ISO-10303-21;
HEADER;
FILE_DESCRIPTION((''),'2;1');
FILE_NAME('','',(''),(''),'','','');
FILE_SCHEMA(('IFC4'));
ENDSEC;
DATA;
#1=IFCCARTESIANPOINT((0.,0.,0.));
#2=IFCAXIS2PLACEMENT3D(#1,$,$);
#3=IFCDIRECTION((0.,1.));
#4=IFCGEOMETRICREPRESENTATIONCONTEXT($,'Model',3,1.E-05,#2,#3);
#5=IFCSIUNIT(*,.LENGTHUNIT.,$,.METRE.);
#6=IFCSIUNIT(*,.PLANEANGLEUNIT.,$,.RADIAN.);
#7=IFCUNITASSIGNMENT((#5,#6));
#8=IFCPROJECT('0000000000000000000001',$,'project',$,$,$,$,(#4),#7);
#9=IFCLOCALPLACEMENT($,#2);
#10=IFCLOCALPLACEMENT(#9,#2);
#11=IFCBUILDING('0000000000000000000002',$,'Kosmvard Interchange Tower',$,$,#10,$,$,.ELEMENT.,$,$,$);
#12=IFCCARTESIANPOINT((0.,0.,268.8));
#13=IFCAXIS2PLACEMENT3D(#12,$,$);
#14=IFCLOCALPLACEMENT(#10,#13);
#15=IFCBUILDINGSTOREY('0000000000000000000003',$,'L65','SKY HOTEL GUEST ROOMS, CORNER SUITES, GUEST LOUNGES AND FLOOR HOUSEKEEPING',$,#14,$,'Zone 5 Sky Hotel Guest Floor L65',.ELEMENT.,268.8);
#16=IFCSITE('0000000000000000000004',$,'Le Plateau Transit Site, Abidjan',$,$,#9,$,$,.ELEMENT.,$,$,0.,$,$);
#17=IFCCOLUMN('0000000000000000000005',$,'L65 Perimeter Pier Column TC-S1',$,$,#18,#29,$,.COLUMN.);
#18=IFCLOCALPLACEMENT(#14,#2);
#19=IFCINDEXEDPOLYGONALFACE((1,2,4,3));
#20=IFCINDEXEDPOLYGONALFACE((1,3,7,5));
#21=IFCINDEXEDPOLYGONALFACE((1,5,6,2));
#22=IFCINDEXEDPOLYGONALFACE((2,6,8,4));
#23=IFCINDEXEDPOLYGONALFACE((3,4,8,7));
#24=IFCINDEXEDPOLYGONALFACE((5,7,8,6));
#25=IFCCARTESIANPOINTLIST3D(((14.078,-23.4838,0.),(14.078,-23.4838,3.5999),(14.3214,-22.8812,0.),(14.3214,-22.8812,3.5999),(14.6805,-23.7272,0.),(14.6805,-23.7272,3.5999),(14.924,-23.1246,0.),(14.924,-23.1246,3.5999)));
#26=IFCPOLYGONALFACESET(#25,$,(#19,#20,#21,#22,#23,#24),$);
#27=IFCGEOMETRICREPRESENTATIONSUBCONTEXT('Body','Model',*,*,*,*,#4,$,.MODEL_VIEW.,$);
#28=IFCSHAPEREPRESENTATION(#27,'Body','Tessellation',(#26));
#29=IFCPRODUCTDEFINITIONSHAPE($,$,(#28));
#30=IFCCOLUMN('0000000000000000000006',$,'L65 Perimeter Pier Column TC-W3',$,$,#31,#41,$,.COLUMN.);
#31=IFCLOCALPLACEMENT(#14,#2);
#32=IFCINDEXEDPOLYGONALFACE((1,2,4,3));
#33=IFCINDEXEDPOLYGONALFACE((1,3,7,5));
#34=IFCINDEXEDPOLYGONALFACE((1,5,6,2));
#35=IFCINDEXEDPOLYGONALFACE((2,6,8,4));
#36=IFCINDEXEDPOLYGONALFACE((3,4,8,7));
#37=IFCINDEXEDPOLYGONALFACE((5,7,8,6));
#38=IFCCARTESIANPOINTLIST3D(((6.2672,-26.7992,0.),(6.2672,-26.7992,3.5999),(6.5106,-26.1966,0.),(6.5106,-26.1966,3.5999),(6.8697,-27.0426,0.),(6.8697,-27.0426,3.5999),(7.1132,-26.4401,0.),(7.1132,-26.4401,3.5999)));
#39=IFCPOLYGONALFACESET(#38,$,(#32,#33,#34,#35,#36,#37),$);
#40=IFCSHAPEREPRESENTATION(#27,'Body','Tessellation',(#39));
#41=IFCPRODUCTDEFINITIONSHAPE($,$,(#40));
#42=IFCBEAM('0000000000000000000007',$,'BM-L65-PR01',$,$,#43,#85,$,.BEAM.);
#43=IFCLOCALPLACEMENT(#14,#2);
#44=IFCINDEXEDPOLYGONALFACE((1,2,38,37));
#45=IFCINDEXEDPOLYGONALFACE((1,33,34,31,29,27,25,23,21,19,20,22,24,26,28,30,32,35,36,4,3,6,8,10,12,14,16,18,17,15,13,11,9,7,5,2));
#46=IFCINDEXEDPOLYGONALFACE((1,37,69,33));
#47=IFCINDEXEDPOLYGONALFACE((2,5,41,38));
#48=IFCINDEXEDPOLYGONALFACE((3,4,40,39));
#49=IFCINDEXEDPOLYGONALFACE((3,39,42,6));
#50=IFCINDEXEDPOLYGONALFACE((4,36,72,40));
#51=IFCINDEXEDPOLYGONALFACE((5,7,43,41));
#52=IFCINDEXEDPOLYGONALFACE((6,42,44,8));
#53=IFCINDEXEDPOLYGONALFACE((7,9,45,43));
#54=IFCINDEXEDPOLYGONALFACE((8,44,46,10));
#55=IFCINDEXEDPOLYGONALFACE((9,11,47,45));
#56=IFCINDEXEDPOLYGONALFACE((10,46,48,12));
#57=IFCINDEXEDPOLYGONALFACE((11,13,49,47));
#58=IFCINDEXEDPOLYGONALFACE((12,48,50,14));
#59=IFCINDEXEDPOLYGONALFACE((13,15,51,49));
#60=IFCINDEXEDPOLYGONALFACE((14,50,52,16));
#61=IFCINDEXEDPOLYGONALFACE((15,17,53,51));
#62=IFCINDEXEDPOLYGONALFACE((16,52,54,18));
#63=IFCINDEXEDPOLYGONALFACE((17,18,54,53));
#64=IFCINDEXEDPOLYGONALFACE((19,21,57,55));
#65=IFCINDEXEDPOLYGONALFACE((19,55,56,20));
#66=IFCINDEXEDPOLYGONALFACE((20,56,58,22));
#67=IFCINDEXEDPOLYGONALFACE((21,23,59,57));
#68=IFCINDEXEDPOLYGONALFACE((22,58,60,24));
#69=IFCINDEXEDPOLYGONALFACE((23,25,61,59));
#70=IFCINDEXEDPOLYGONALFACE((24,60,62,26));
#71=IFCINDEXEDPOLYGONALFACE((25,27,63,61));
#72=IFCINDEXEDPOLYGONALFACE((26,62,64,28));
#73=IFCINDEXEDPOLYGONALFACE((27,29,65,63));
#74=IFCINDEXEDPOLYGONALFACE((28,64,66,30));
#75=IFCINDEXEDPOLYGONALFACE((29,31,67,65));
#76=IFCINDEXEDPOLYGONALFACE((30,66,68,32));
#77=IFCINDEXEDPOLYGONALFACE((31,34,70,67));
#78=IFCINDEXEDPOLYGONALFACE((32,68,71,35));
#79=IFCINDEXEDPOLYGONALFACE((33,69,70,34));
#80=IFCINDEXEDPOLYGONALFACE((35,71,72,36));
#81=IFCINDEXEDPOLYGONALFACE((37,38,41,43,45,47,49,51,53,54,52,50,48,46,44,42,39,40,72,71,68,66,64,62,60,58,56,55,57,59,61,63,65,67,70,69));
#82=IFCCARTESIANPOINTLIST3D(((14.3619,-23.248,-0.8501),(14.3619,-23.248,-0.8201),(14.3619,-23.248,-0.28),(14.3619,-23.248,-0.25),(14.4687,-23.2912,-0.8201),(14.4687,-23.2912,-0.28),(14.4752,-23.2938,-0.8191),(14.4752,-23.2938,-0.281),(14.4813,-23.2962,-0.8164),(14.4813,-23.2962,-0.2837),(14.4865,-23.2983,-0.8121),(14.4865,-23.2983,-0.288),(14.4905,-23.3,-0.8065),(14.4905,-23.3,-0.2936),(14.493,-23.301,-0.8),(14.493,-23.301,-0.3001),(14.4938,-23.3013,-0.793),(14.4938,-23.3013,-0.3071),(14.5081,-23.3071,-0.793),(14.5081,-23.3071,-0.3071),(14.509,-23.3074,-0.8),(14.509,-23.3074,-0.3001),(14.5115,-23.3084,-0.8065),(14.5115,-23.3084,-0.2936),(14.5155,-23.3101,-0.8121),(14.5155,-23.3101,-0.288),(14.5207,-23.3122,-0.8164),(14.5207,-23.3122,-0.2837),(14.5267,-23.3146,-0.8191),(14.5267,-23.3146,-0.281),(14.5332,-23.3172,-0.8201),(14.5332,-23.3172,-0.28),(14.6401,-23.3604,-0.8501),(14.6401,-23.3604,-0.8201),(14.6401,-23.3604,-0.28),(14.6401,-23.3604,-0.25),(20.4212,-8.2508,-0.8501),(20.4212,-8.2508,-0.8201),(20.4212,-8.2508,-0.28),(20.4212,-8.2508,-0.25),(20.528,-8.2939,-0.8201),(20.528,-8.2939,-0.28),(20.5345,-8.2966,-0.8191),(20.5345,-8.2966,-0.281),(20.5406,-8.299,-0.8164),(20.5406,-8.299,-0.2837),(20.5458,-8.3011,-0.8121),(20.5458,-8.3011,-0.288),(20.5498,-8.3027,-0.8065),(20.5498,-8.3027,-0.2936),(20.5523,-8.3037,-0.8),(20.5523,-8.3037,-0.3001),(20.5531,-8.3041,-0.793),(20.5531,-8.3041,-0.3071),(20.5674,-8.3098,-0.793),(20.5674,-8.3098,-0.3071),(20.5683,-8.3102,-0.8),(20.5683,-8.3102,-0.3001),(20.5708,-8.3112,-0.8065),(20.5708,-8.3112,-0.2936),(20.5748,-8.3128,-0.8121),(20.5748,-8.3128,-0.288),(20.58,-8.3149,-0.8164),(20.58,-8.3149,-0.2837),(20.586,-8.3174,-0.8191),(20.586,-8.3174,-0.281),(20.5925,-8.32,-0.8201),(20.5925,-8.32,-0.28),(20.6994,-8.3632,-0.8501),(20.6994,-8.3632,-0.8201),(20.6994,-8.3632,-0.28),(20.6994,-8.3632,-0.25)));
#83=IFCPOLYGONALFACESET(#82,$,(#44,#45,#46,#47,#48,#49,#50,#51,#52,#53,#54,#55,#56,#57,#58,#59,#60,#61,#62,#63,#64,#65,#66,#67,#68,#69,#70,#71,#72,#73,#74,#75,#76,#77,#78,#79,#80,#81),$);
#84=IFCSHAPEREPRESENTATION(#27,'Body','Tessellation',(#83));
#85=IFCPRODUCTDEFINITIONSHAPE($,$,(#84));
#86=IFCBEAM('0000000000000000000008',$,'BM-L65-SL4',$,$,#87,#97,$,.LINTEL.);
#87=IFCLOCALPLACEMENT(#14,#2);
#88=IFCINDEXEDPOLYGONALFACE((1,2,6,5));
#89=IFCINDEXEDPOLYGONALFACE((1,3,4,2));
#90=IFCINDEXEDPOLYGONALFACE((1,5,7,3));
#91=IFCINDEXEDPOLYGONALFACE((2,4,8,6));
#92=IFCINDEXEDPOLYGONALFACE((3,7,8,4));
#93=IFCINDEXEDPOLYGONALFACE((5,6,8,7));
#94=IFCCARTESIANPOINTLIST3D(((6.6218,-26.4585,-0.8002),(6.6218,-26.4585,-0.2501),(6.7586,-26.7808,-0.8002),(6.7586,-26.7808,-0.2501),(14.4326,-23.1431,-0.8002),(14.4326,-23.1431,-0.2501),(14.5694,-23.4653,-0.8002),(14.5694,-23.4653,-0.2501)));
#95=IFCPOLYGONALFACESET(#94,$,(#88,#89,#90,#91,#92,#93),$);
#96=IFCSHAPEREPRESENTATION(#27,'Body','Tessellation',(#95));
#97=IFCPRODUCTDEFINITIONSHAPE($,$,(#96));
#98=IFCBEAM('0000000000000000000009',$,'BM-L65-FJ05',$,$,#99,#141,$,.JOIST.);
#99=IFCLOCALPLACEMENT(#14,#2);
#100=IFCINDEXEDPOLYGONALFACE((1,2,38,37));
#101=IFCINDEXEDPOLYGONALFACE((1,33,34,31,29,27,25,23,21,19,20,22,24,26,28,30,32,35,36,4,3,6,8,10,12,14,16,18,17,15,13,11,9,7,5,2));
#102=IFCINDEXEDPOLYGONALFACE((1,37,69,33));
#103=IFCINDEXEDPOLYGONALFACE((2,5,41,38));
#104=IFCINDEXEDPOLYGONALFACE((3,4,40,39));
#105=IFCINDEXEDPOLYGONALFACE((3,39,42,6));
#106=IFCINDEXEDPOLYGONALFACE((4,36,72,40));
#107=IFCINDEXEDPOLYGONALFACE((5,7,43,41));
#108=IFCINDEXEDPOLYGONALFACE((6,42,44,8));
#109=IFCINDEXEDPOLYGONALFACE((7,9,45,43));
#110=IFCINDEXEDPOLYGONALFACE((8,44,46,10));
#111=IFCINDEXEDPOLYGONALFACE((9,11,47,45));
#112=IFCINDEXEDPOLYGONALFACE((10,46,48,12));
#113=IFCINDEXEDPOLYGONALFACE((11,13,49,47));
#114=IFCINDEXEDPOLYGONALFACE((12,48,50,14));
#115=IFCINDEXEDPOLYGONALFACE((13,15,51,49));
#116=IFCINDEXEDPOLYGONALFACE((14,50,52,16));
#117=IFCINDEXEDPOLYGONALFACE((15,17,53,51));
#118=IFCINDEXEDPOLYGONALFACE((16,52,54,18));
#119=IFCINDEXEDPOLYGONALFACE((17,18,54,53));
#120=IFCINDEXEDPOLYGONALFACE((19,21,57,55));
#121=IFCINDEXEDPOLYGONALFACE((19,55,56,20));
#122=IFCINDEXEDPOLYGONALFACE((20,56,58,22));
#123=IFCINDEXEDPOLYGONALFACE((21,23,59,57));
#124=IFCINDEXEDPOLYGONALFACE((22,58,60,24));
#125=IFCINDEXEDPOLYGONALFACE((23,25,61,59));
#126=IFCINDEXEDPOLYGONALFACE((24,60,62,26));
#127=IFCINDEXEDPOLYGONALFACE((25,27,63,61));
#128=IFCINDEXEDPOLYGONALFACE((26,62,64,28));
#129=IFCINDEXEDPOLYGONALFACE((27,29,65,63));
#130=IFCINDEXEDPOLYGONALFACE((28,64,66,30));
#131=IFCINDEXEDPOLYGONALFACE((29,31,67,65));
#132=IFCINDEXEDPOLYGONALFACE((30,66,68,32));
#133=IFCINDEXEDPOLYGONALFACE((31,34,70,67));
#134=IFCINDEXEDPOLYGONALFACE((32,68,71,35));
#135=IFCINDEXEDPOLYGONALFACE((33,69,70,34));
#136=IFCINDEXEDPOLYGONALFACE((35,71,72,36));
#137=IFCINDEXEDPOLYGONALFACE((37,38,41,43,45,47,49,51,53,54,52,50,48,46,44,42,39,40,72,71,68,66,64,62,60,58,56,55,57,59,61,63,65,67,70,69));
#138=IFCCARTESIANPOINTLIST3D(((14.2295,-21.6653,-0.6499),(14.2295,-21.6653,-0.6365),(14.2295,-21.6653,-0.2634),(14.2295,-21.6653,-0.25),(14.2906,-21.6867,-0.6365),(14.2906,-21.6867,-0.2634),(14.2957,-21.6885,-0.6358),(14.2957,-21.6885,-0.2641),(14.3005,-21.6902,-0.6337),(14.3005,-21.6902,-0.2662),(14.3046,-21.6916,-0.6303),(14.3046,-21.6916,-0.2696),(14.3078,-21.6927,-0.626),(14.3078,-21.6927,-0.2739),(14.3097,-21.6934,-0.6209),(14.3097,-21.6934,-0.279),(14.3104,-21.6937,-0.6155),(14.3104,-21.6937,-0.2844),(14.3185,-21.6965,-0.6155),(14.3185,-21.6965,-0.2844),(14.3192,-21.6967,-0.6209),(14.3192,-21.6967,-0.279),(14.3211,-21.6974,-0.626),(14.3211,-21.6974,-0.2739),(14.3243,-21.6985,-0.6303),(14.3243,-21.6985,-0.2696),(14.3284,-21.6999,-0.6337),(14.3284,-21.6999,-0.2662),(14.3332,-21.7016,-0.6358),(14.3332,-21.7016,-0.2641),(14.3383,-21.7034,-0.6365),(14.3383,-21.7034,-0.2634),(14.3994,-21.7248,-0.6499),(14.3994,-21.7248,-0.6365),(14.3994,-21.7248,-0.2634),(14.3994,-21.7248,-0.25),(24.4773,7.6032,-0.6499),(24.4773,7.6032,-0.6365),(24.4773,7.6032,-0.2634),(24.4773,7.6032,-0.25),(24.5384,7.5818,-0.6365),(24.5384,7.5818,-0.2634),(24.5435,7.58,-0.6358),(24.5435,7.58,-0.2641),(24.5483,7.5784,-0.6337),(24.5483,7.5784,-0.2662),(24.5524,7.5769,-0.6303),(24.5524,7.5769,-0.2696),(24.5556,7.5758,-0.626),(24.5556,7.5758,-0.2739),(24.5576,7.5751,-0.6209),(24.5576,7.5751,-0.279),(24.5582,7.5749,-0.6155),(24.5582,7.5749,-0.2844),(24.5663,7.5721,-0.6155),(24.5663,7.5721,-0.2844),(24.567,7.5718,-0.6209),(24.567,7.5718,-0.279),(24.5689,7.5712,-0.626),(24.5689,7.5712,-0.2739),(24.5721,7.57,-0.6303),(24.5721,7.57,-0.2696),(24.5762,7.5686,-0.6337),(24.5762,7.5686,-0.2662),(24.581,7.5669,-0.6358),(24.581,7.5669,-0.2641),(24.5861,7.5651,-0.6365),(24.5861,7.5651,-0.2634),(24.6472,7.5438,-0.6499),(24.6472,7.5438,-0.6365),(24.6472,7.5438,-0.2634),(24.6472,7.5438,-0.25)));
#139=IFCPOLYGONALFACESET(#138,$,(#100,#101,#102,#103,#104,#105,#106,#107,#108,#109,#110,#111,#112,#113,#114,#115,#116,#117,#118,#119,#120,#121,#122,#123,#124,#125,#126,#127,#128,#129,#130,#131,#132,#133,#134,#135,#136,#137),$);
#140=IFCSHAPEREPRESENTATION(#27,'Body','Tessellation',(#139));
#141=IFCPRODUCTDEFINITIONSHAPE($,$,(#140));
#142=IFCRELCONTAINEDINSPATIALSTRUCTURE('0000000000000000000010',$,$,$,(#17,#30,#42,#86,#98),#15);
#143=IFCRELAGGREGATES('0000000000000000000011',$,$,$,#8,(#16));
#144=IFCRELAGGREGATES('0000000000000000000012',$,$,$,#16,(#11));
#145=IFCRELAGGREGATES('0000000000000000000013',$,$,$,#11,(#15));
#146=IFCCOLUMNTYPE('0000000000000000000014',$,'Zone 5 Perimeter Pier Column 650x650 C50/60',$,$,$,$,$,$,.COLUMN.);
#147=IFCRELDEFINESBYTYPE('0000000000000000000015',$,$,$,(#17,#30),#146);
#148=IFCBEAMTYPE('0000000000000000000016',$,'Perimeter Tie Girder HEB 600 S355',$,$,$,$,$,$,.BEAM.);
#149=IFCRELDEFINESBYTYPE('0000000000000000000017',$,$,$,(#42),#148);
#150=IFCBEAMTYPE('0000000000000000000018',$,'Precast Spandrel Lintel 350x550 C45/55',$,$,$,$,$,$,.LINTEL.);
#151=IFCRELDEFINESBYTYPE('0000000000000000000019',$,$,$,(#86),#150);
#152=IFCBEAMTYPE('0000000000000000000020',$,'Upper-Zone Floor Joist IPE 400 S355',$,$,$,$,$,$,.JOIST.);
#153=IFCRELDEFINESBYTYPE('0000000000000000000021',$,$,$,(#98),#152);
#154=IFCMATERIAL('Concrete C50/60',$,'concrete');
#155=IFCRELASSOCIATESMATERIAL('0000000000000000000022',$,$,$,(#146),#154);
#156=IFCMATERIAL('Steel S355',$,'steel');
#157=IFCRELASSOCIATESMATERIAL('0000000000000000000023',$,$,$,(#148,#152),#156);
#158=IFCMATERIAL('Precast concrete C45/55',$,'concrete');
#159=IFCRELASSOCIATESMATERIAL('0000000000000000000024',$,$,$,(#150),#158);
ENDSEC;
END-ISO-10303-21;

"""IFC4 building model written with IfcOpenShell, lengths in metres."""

from ifc_helpers import new_model, si_unit, direction, frame, origin, origin_2d, place, context, subcontext, project, spatial, rectangle, i_section, extrude, source, transform, mapped, material, material_profile, profile_set, type_object, element, save


model = new_model("IFC4")

# Units and contexts
model_context = context("Model", 3, precision=1e-05, world=origin(), true_north=direction((0.0, 1.0)))
body_context = subcontext(model_context, "Body", "Model", "MODEL_VIEW")
ifc_project = project(units=[si_unit("LENGTHUNIT", "METRE"), si_unit("PLANEANGLEUNIT", "RADIAN")], contexts=[model_context])

# Site, building, storey
site_placement = place(None, origin())
site = spatial("IfcSite", under=ifc_project, at=site_placement, Name="Le Plateau Transit Site, Abidjan", CompositionType="ELEMENT", RefElevation=0.0)
building_placement = place(site_placement, origin())
building = spatial("IfcBuilding", under=site, at=building_placement, Name="Kosmvard Interchange Tower", CompositionType="ELEMENT")
storey_placement = place(building_placement, frame((0.0, 0.0, 268.8)))
storey = spatial("IfcBuildingStorey", under=building, at=storey_placement, Name="L65", Description="SKY HOTEL GUEST ROOMS, CORNER SUITES, GUEST LOUNGES AND FLOOR HOUSEKEEPING", LongName="Zone 5 Sky Hotel Guest Floor L65", CompositionType="ELEMENT", Elevation=268.8)

# Columns
ifc_material_1 = material(Name="Concrete C50/60", Category="concrete")
ifc_material_profile_1 = material_profile(ifc_material_1, rectangle(XDim=0.6499, YDim=0.6499, at=origin_2d()), Name="TC 650x650")
ifc_profile_set_1 = profile_set([ifc_material_profile_1], Name="Concrete C50/60")
column_type = type_object("IfcColumnType", Name="Zone 5 Perimeter Pier Column 650x650 C50/60", PredefinedType="COLUMN", material=ifc_profile_set_1)
shared_shape_1 = source(origin(), body_context, "Body", "SweptSolid", [
    extrude(rectangle(XDim=0.6499, YDim=0.6499, at=origin_2d()), origin(), (0.0, 0.0, 1.0), 3.5999),
])
for number, where, z_axis, x_axis, name in (
    (1, (14.501, -23.3042, 0.0), (0.0, 0.0, 1.0), (0.374607, 0.927184, 0.0), "L65 Perimeter Pier Column TC-S1"),
    (2, (6.6902, -26.6196, 0.0), (0.0, 0.0, 1.0), (0.374607, 0.927184, 0.0), "L65 Perimeter Pier Column TC-W3"),
):
    element("IfcColumn", number, at=place(storey_placement, frame(where, z_axis=z_axis, x_axis=x_axis)), inside=storey, type_object=column_type, Name=name, PredefinedType="COLUMN", context=body_context, shape_type="MappedRepresentation", body=[
        mapped(shared_shape_1, transform((0.0, 0.0, 0.0), scale=1.0)),
    ])

# Beams
ifc_material_2 = material(Name="Steel S355", Category="steel")
ifc_material_profile_2 = material_profile(ifc_material_2, i_section(OverallWidth=0.3, OverallDepth=0.6001, WebThickness=0.0154, FlangeThickness=0.03, FilletRadius=0.0271, at=origin_2d()), Name="HEB 600")
ifc_profile_set_2 = profile_set([ifc_material_profile_2], Name="Steel S355")
beam_type_1 = type_object("IfcBeamType", Name="Perimeter Tie Girder HEB 600 S355", PredefinedType="BEAM", material=ifc_profile_set_2)
shared_shape_2 = source(origin(), body_context, "Body", "SweptSolid", [
    extrude(i_section(OverallWidth=0.3, OverallDepth=0.6001, WebThickness=0.0154, FlangeThickness=0.03, FilletRadius=0.0271, at=origin_2d()), origin(), (0.0, 0.0, 1.0), 16.175),
])
beam_1_placement = place(storey_placement, frame((14.501, -23.3042, -0.55), z_axis=(0.374608, 0.927183, 0.0), x_axis=(-0.927183, 0.374608, 0.0)))
element("IfcBeam", 3, at=beam_1_placement, inside=storey, type_object=beam_type_1, Name="BM-L65-PR01", PredefinedType="BEAM", context=body_context, shape_type="MappedRepresentation", body=[
    mapped(shared_shape_2, transform((0.0, 0.0, 0.0), scale=1.0)),
])
ifc_material_3 = material(Name="Precast concrete C45/55", Category="concrete")
ifc_material_profile_3 = material_profile(ifc_material_3, rectangle(XDim=0.3501, YDim=0.55, at=origin_2d()), Name="SL 350x550")
ifc_profile_set_3 = profile_set([ifc_material_profile_3], Name="Precast concrete C45/55")
beam_type_2 = type_object("IfcBeamType", Name="Precast Spandrel Lintel 350x550 C45/55", PredefinedType="LINTEL", material=ifc_profile_set_3)
shared_shape_3 = source(origin(), body_context, "Body", "SweptSolid", [
    extrude(rectangle(XDim=0.3501, YDim=0.55, at=origin_2d()), origin(), (0.0, 0.0, 1.0), 8.4854),
])
beam_2_placement = place(storey_placement, frame((6.6902, -26.6196, -0.5251), z_axis=(0.920507, 0.390726, 0.0), x_axis=(-0.390726, 0.920507, 0.0)))
element("IfcBeam", 4, at=beam_2_placement, inside=storey, type_object=beam_type_2, Name="BM-L65-SL4", PredefinedType="LINTEL", context=body_context, shape_type="MappedRepresentation", body=[
    mapped(shared_shape_3, transform((0.0, 0.0, 0.0), scale=1.0)),
])
ifc_material_profile_4 = material_profile(ifc_material_2, i_section(OverallWidth=0.1799, OverallDepth=0.3999, WebThickness=0.0085, FlangeThickness=0.0134, FilletRadius=0.021, at=origin_2d()), Name="IPE 400")
ifc_profile_set_4 = profile_set([ifc_material_profile_4], Name="Steel S355")
beam_type_3 = type_object("IfcBeamType", Name="Upper-Zone Floor Joist IPE 400 S355", PredefinedType="JOIST", material=ifc_profile_set_4)
shared_shape_4 = source(origin(), body_context, "Body", "SweptSolid", [
    extrude(i_section(OverallWidth=0.1799, OverallDepth=0.3999, WebThickness=0.0085, FlangeThickness=0.0134, FilletRadius=0.021, at=origin_2d()), origin(), (0.0, 0.0, 1.0), 31.0107),
])
beam_3_placement = place(storey_placement, frame((14.3145, -21.6951, -0.45), z_axis=(0.33046, 0.94382, 0.0), x_axis=(-0.94382, 0.33046, 0.0)))
element("IfcBeam", 5, at=beam_3_placement, inside=storey, type_object=beam_type_3, Name="BM-L65-FJ05", PredefinedType="JOIST", context=body_context, shape_type="MappedRepresentation", body=[
    mapped(shared_shape_4, transform((0.0, 0.0, 0.0), scale=1.0)),
])

save(model, "model.ifc")
